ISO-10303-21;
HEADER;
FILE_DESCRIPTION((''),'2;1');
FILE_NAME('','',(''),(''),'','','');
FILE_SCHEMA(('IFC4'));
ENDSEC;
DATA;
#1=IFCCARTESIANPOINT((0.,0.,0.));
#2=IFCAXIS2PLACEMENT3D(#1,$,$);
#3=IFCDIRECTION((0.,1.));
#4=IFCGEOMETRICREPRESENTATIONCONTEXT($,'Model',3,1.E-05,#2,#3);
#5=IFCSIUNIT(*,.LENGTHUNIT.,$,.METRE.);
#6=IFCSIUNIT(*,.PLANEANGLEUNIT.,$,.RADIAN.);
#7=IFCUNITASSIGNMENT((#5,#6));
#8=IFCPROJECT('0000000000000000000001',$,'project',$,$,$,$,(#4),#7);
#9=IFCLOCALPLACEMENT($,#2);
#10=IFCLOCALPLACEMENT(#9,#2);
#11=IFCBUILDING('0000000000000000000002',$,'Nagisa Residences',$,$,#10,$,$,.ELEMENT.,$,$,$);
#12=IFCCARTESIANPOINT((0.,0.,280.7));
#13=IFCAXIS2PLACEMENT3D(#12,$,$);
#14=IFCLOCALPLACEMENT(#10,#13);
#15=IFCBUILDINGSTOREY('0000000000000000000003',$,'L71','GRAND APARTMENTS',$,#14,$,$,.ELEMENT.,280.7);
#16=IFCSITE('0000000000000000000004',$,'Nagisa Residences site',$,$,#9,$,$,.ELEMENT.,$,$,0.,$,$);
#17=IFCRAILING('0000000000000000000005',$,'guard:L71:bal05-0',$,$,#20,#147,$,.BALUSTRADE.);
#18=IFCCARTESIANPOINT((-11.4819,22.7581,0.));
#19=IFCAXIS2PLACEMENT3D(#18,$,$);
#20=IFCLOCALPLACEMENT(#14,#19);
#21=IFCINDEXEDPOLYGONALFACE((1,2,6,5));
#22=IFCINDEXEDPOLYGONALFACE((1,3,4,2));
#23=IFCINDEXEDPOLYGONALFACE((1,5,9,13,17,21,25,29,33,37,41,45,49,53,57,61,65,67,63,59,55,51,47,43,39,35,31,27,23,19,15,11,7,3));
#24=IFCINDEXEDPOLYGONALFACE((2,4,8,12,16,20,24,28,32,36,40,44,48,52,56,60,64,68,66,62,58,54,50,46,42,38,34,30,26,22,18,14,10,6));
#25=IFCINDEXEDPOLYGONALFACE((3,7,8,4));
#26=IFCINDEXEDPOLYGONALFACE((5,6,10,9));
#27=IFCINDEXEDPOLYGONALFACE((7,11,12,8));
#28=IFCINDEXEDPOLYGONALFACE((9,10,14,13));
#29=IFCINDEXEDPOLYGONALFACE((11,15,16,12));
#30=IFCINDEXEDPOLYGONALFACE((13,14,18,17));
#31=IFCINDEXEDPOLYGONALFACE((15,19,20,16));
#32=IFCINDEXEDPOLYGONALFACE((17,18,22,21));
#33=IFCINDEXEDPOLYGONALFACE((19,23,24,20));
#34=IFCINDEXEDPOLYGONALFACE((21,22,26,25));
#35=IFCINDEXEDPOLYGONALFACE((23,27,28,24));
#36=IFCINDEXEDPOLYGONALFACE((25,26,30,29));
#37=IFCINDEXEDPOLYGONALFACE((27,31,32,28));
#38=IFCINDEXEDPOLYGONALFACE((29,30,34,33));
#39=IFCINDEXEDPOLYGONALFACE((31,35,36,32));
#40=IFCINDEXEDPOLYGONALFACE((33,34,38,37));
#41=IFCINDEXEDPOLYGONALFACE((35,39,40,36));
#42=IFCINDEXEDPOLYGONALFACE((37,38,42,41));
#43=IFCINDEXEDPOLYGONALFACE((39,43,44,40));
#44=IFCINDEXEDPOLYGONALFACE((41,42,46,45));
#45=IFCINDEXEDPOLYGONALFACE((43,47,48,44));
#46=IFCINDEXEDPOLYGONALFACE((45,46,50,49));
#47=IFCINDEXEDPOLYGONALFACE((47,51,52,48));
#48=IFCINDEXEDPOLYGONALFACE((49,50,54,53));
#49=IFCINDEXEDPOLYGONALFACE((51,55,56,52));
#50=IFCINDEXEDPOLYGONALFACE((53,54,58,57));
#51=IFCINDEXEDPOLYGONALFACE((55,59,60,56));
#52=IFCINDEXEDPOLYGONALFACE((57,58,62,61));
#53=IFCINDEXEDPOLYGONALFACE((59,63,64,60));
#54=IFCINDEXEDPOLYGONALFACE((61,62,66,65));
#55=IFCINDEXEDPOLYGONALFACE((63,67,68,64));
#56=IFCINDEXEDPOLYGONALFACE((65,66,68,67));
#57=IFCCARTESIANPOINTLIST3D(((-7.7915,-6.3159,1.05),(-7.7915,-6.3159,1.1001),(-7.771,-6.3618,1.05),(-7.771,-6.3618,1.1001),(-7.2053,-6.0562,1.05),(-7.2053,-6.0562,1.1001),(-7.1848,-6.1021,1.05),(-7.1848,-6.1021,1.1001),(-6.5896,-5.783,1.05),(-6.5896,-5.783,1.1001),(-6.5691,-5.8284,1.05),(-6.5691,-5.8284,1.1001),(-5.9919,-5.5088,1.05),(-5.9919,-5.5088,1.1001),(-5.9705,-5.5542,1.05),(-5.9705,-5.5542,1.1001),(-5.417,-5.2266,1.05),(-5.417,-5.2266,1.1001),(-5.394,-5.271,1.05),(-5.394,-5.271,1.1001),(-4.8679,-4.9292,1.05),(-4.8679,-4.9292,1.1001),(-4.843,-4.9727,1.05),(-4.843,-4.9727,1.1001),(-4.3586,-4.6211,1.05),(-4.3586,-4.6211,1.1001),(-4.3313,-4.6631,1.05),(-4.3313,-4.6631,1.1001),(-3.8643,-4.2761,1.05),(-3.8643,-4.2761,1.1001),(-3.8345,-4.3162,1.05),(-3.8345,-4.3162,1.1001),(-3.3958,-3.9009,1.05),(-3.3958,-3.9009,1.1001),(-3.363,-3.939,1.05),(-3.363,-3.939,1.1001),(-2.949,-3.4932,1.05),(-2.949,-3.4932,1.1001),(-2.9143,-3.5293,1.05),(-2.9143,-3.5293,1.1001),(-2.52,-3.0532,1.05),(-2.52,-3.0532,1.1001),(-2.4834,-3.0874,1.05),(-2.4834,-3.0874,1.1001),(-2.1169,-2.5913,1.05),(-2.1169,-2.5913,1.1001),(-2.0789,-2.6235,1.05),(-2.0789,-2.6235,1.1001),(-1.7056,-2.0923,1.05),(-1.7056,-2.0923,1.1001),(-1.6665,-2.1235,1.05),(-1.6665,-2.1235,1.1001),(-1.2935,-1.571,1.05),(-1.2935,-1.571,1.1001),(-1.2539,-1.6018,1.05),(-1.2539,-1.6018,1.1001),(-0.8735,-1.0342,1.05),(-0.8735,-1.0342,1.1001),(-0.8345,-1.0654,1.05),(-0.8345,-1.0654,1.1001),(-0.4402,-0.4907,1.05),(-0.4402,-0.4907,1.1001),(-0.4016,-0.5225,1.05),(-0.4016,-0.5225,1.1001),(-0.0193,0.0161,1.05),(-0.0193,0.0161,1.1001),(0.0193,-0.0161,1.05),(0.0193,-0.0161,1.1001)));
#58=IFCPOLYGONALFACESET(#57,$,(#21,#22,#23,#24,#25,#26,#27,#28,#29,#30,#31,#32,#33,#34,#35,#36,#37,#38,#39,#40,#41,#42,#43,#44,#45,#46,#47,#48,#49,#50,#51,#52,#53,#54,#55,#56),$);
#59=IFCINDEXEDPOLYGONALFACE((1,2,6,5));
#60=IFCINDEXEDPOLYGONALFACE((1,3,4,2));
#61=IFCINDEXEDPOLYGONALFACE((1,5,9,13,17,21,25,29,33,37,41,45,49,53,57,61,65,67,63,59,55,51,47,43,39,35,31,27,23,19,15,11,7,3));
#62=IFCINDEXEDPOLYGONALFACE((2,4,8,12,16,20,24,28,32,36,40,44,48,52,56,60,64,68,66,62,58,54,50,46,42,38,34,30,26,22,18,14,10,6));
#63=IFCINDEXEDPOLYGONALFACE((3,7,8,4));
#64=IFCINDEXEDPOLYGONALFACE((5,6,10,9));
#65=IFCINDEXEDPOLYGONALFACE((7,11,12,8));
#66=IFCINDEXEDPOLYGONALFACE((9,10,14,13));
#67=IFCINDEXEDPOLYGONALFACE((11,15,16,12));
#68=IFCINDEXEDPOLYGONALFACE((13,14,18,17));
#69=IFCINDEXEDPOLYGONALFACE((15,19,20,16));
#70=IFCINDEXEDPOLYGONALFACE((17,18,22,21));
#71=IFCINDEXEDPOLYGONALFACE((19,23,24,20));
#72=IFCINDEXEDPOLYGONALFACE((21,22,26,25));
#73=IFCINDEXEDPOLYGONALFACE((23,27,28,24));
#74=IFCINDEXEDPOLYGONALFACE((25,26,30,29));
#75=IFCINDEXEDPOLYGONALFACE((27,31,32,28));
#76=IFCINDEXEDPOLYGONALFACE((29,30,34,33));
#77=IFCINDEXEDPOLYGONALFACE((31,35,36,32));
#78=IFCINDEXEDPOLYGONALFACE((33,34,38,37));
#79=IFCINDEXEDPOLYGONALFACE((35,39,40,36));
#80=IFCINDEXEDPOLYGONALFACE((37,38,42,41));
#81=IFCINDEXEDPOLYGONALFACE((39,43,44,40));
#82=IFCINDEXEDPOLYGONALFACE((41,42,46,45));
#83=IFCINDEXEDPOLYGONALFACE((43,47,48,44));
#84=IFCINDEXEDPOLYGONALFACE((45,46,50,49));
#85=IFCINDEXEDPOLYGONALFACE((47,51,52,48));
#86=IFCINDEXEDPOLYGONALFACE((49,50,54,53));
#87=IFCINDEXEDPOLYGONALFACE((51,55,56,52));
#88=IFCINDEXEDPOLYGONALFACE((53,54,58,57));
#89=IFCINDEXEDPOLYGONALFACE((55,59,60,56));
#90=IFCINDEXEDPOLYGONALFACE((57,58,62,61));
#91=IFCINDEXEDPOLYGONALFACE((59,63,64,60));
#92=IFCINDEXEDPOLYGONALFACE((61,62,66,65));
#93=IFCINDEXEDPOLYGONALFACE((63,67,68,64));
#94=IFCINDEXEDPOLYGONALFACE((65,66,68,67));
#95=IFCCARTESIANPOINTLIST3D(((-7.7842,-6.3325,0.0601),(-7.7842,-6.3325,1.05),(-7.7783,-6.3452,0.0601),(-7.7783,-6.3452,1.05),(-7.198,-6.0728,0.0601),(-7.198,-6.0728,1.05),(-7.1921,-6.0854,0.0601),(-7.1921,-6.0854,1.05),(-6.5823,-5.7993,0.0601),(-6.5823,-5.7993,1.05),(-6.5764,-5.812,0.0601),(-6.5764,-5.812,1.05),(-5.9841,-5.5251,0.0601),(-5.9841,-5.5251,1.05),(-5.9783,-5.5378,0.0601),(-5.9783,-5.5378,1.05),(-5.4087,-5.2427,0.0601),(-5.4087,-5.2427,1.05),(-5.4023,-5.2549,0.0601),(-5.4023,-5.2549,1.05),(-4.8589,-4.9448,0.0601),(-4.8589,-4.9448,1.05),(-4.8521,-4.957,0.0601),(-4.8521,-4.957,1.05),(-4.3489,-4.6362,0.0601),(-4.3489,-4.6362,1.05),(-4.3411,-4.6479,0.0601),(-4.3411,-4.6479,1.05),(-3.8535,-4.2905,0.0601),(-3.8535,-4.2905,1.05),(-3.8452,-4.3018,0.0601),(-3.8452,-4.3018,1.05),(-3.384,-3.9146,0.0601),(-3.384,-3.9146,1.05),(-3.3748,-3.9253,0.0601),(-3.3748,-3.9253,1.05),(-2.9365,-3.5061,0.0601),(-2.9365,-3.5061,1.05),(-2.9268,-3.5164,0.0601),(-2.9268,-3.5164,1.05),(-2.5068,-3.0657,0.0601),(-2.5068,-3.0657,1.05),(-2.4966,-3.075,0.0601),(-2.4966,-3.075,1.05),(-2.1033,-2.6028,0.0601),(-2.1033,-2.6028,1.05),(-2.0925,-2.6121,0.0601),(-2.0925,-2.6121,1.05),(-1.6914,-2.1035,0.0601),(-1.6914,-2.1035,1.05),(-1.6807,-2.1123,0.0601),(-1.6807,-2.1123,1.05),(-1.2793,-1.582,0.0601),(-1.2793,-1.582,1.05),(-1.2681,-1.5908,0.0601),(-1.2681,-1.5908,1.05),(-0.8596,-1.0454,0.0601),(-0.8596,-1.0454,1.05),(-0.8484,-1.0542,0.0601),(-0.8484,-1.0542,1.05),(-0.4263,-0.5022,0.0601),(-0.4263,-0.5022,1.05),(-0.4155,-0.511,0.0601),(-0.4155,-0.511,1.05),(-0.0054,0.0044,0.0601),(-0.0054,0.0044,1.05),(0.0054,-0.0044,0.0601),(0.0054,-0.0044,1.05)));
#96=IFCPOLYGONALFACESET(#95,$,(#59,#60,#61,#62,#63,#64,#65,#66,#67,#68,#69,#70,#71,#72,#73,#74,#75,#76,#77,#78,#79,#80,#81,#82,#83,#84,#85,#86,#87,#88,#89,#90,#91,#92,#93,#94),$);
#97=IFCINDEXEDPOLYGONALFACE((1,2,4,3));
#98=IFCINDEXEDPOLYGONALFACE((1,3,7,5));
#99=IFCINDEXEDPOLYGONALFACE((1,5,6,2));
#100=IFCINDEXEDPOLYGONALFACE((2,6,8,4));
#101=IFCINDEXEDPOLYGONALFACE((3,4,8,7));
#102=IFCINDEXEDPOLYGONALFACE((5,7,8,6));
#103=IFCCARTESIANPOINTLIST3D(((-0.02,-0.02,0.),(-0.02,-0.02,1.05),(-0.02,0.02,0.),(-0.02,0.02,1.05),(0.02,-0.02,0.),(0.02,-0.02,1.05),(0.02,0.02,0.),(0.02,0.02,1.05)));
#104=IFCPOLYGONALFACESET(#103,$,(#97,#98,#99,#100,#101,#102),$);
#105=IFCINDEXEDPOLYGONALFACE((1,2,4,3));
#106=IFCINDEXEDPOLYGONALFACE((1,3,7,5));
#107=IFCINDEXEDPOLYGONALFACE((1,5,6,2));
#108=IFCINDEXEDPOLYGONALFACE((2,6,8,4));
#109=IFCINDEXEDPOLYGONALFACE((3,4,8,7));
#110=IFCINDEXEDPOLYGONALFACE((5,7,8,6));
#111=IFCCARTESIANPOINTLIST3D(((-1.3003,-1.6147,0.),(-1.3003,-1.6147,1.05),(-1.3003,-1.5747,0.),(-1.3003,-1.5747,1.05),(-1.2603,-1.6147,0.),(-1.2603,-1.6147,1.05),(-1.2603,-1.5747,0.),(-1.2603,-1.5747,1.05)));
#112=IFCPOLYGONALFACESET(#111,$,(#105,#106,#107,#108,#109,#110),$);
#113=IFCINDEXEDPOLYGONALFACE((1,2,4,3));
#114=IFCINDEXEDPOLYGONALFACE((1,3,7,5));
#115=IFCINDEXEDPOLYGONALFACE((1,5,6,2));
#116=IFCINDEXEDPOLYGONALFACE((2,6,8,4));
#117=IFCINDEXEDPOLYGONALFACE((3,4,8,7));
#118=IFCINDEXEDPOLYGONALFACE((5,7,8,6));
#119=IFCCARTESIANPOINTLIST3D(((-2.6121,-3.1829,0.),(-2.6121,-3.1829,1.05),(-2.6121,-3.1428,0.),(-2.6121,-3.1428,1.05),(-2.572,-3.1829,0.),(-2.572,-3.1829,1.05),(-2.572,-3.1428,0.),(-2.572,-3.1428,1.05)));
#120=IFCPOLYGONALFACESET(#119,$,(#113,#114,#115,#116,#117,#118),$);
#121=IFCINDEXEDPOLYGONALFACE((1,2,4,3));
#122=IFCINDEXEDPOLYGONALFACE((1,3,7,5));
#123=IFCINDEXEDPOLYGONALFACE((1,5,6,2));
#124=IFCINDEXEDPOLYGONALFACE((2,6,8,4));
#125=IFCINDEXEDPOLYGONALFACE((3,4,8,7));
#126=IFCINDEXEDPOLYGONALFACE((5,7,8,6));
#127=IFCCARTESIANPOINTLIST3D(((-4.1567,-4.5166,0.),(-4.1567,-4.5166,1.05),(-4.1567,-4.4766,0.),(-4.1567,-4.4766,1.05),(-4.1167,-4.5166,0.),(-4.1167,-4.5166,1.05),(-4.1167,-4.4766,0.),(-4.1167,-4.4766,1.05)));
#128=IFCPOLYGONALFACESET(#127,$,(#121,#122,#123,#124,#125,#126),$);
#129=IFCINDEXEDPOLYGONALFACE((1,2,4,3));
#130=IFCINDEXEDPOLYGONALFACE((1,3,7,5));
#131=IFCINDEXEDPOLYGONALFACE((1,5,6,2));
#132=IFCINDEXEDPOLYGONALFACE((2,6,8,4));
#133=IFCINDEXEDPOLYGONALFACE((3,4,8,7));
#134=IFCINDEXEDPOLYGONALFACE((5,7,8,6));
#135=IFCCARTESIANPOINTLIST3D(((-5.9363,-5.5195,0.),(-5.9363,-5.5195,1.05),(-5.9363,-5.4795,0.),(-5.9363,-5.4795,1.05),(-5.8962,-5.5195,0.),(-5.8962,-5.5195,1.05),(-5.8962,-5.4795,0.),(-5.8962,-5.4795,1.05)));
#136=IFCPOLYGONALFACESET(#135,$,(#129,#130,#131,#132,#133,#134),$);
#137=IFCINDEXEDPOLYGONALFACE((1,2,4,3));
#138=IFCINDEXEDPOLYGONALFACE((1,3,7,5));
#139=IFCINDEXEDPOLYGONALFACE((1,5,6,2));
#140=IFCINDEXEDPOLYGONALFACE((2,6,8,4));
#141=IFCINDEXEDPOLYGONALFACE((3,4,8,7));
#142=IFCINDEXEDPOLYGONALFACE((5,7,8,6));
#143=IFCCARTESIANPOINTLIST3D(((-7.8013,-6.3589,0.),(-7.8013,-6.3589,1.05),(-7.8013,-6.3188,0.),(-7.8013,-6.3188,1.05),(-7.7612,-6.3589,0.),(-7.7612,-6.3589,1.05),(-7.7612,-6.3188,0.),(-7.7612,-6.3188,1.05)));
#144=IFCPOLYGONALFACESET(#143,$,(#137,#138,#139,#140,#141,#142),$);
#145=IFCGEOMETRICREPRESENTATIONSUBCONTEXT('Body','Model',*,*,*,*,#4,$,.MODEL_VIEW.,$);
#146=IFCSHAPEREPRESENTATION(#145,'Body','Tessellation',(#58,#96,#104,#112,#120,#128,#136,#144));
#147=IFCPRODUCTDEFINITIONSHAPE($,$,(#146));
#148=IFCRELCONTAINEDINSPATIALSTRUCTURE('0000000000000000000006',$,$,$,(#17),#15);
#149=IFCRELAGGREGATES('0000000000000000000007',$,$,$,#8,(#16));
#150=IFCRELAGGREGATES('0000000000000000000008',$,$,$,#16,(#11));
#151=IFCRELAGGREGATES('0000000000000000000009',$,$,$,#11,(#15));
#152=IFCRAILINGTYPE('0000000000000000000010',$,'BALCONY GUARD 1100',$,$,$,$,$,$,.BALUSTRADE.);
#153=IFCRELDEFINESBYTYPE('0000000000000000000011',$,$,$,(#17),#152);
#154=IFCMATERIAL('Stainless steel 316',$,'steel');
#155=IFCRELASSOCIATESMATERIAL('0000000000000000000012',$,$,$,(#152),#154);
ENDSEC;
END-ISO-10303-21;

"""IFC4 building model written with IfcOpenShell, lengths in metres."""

from ifc_helpers import new_model, si_unit, direction, frame, origin, origin_2d, place, context, subcontext, project, spatial, polyline, rectangle, outline, extrude, material, type_object, element, save


model = new_model("IFC4")

# Units and contexts
model_context = context("Model", 3, precision=1e-05, world=origin(), true_north=direction((0.0, 1.0)))
body_context = subcontext(model_context, "Body", "Model", "MODEL_VIEW")
ifc_project = project(units=[si_unit("LENGTHUNIT", "METRE"), si_unit("PLANEANGLEUNIT", "RADIAN")], contexts=[model_context])

# Site, building, storey
site_placement = place(None, origin())
site = spatial("IfcSite", under=ifc_project, at=site_placement, Name="Nagisa Residences site", CompositionType="ELEMENT", RefElevation=0.0)
building_placement = place(site_placement, origin())
building = spatial("IfcBuilding", under=site, at=building_placement, Name="Nagisa Residences", CompositionType="ELEMENT")
storey_placement = place(building_placement, frame((0.0, 0.0, 280.7)))
storey = spatial("IfcBuildingStorey", under=building, at=storey_placement, Name="L71", Description="GRAND APARTMENTS", CompositionType="ELEMENT", Elevation=280.7)

# Railing
ifc_material_1 = material(Name="Stainless steel 316", Category="steel")
railing_type = type_object("IfcRailingType", Name="BALCONY GUARD 1100", PredefinedType="BALUSTRADE", material=ifc_material_1)
railing_1_placement = place(storey_placement, frame((-11.4819, 22.7581, 0.0)))
element("IfcRailing", 1, at=railing_1_placement, inside=storey, type_object=railing_type, Name="guard:L71:bal05-0", PredefinedType="BALUSTRADE", context=body_context, shape_type="SweptSolid", body=[
    extrude(outline(polyline([(-0.4016, -0.5225), (0.0193, -0.0161), (-0.0193, 0.0161), (-0.4402, -0.4907), (-0.8735, -1.0342), (-1.2935, -1.571), (-1.7056, -2.0923), (-2.1169, -2.5913), (-2.52, -3.0532), (-2.949, -3.4932), (-3.3958, -3.9009), (-3.8643, -4.2761), (-4.3586, -4.6211), (-4.8679, -4.9292), (-5.417, -5.2266), (-5.9919, -5.5088), (-6.5896, -5.783), (-7.2053, -6.0562), (-7.7915, -6.3159), (-7.771, -6.3618), (-7.1848, -6.1021), (-6.5691, -5.8284), (-5.9705, -5.5542), (-5.394, -5.271), (-4.843, -4.9727), (-4.3313, -4.6631), (-3.8345, -4.3162), (-3.363, -3.939), (-2.9143, -3.5293), (-2.4834, -3.0874), (-2.0789, -2.6235), (-1.6665, -2.1235), (-1.2539, -1.6018), (-0.8345, -1.0654), (-0.4016, -0.5225)])), frame((0.0, 0.0, 1.05)), (0.0, 0.0, 1.0), 0.05),
    extrude(outline(polyline([(-0.4155, -0.511), (0.0054, -0.0044), (-0.0054, 0.0044), (-0.4263, -0.5022), (-0.8596, -1.0454), (-1.2793, -1.582), (-1.6914, -2.1035), (-2.1033, -2.6028), (-2.5068, -3.0657), (-2.9365, -3.5061), (-3.384, -3.9146), (-3.8535, -4.2905), (-4.3489, -4.6362), (-4.8589, -4.9448), (-5.4087, -5.2427), (-5.9841, -5.5251), (-6.5823, -5.7993), (-7.198, -6.0728), (-7.7842, -6.3325), (-7.7783, -6.3452), (-7.1921, -6.0854), (-6.5764, -5.812), (-5.9783, -5.5378), (-5.4023, -5.2549), (-4.8521, -4.957), (-4.3411, -4.6479), (-3.8452, -4.3018), (-3.3748, -3.9253), (-2.9268, -3.5164), (-2.4966, -3.075), (-2.0925, -2.6121), (-1.6807, -2.1123), (-1.2681, -1.5908), (-0.8484, -1.0542), (-0.4155, -0.511)])), frame((0.0, 0.0, 0.0601)), (0.0, 0.0, 1.0), 0.99),
    extrude(rectangle(XDim=0.04, YDim=0.04, at=origin_2d()), origin(), (0.0, 0.0, 1.0), 1.05),
    extrude(rectangle(XDim=0.04, YDim=0.04, at=origin_2d()), frame((-1.2803, -1.5947, 0.0)), (0.0, 0.0, 1.0), 1.05),
    extrude(rectangle(XDim=0.04, YDim=0.04, at=origin_2d()), frame((-2.592, -3.1628, 0.0)), (0.0, 0.0, 1.0), 1.05),
    extrude(rectangle(XDim=0.04, YDim=0.04, at=origin_2d()), frame((-4.1367, -4.4966, 0.0)), (0.0, 0.0, 1.0), 1.05),
    extrude(rectangle(XDim=0.04, YDim=0.04, at=origin_2d()), frame((-5.9163, -5.4995, 0.0)), (0.0, 0.0, 1.0), 1.05),
    extrude(rectangle(XDim=0.04, YDim=0.04, at=origin_2d()), frame((-7.7812, -6.3389, 0.0)), (0.0, 0.0, 1.0), 1.05),
])

save(model, "model.ifc")
